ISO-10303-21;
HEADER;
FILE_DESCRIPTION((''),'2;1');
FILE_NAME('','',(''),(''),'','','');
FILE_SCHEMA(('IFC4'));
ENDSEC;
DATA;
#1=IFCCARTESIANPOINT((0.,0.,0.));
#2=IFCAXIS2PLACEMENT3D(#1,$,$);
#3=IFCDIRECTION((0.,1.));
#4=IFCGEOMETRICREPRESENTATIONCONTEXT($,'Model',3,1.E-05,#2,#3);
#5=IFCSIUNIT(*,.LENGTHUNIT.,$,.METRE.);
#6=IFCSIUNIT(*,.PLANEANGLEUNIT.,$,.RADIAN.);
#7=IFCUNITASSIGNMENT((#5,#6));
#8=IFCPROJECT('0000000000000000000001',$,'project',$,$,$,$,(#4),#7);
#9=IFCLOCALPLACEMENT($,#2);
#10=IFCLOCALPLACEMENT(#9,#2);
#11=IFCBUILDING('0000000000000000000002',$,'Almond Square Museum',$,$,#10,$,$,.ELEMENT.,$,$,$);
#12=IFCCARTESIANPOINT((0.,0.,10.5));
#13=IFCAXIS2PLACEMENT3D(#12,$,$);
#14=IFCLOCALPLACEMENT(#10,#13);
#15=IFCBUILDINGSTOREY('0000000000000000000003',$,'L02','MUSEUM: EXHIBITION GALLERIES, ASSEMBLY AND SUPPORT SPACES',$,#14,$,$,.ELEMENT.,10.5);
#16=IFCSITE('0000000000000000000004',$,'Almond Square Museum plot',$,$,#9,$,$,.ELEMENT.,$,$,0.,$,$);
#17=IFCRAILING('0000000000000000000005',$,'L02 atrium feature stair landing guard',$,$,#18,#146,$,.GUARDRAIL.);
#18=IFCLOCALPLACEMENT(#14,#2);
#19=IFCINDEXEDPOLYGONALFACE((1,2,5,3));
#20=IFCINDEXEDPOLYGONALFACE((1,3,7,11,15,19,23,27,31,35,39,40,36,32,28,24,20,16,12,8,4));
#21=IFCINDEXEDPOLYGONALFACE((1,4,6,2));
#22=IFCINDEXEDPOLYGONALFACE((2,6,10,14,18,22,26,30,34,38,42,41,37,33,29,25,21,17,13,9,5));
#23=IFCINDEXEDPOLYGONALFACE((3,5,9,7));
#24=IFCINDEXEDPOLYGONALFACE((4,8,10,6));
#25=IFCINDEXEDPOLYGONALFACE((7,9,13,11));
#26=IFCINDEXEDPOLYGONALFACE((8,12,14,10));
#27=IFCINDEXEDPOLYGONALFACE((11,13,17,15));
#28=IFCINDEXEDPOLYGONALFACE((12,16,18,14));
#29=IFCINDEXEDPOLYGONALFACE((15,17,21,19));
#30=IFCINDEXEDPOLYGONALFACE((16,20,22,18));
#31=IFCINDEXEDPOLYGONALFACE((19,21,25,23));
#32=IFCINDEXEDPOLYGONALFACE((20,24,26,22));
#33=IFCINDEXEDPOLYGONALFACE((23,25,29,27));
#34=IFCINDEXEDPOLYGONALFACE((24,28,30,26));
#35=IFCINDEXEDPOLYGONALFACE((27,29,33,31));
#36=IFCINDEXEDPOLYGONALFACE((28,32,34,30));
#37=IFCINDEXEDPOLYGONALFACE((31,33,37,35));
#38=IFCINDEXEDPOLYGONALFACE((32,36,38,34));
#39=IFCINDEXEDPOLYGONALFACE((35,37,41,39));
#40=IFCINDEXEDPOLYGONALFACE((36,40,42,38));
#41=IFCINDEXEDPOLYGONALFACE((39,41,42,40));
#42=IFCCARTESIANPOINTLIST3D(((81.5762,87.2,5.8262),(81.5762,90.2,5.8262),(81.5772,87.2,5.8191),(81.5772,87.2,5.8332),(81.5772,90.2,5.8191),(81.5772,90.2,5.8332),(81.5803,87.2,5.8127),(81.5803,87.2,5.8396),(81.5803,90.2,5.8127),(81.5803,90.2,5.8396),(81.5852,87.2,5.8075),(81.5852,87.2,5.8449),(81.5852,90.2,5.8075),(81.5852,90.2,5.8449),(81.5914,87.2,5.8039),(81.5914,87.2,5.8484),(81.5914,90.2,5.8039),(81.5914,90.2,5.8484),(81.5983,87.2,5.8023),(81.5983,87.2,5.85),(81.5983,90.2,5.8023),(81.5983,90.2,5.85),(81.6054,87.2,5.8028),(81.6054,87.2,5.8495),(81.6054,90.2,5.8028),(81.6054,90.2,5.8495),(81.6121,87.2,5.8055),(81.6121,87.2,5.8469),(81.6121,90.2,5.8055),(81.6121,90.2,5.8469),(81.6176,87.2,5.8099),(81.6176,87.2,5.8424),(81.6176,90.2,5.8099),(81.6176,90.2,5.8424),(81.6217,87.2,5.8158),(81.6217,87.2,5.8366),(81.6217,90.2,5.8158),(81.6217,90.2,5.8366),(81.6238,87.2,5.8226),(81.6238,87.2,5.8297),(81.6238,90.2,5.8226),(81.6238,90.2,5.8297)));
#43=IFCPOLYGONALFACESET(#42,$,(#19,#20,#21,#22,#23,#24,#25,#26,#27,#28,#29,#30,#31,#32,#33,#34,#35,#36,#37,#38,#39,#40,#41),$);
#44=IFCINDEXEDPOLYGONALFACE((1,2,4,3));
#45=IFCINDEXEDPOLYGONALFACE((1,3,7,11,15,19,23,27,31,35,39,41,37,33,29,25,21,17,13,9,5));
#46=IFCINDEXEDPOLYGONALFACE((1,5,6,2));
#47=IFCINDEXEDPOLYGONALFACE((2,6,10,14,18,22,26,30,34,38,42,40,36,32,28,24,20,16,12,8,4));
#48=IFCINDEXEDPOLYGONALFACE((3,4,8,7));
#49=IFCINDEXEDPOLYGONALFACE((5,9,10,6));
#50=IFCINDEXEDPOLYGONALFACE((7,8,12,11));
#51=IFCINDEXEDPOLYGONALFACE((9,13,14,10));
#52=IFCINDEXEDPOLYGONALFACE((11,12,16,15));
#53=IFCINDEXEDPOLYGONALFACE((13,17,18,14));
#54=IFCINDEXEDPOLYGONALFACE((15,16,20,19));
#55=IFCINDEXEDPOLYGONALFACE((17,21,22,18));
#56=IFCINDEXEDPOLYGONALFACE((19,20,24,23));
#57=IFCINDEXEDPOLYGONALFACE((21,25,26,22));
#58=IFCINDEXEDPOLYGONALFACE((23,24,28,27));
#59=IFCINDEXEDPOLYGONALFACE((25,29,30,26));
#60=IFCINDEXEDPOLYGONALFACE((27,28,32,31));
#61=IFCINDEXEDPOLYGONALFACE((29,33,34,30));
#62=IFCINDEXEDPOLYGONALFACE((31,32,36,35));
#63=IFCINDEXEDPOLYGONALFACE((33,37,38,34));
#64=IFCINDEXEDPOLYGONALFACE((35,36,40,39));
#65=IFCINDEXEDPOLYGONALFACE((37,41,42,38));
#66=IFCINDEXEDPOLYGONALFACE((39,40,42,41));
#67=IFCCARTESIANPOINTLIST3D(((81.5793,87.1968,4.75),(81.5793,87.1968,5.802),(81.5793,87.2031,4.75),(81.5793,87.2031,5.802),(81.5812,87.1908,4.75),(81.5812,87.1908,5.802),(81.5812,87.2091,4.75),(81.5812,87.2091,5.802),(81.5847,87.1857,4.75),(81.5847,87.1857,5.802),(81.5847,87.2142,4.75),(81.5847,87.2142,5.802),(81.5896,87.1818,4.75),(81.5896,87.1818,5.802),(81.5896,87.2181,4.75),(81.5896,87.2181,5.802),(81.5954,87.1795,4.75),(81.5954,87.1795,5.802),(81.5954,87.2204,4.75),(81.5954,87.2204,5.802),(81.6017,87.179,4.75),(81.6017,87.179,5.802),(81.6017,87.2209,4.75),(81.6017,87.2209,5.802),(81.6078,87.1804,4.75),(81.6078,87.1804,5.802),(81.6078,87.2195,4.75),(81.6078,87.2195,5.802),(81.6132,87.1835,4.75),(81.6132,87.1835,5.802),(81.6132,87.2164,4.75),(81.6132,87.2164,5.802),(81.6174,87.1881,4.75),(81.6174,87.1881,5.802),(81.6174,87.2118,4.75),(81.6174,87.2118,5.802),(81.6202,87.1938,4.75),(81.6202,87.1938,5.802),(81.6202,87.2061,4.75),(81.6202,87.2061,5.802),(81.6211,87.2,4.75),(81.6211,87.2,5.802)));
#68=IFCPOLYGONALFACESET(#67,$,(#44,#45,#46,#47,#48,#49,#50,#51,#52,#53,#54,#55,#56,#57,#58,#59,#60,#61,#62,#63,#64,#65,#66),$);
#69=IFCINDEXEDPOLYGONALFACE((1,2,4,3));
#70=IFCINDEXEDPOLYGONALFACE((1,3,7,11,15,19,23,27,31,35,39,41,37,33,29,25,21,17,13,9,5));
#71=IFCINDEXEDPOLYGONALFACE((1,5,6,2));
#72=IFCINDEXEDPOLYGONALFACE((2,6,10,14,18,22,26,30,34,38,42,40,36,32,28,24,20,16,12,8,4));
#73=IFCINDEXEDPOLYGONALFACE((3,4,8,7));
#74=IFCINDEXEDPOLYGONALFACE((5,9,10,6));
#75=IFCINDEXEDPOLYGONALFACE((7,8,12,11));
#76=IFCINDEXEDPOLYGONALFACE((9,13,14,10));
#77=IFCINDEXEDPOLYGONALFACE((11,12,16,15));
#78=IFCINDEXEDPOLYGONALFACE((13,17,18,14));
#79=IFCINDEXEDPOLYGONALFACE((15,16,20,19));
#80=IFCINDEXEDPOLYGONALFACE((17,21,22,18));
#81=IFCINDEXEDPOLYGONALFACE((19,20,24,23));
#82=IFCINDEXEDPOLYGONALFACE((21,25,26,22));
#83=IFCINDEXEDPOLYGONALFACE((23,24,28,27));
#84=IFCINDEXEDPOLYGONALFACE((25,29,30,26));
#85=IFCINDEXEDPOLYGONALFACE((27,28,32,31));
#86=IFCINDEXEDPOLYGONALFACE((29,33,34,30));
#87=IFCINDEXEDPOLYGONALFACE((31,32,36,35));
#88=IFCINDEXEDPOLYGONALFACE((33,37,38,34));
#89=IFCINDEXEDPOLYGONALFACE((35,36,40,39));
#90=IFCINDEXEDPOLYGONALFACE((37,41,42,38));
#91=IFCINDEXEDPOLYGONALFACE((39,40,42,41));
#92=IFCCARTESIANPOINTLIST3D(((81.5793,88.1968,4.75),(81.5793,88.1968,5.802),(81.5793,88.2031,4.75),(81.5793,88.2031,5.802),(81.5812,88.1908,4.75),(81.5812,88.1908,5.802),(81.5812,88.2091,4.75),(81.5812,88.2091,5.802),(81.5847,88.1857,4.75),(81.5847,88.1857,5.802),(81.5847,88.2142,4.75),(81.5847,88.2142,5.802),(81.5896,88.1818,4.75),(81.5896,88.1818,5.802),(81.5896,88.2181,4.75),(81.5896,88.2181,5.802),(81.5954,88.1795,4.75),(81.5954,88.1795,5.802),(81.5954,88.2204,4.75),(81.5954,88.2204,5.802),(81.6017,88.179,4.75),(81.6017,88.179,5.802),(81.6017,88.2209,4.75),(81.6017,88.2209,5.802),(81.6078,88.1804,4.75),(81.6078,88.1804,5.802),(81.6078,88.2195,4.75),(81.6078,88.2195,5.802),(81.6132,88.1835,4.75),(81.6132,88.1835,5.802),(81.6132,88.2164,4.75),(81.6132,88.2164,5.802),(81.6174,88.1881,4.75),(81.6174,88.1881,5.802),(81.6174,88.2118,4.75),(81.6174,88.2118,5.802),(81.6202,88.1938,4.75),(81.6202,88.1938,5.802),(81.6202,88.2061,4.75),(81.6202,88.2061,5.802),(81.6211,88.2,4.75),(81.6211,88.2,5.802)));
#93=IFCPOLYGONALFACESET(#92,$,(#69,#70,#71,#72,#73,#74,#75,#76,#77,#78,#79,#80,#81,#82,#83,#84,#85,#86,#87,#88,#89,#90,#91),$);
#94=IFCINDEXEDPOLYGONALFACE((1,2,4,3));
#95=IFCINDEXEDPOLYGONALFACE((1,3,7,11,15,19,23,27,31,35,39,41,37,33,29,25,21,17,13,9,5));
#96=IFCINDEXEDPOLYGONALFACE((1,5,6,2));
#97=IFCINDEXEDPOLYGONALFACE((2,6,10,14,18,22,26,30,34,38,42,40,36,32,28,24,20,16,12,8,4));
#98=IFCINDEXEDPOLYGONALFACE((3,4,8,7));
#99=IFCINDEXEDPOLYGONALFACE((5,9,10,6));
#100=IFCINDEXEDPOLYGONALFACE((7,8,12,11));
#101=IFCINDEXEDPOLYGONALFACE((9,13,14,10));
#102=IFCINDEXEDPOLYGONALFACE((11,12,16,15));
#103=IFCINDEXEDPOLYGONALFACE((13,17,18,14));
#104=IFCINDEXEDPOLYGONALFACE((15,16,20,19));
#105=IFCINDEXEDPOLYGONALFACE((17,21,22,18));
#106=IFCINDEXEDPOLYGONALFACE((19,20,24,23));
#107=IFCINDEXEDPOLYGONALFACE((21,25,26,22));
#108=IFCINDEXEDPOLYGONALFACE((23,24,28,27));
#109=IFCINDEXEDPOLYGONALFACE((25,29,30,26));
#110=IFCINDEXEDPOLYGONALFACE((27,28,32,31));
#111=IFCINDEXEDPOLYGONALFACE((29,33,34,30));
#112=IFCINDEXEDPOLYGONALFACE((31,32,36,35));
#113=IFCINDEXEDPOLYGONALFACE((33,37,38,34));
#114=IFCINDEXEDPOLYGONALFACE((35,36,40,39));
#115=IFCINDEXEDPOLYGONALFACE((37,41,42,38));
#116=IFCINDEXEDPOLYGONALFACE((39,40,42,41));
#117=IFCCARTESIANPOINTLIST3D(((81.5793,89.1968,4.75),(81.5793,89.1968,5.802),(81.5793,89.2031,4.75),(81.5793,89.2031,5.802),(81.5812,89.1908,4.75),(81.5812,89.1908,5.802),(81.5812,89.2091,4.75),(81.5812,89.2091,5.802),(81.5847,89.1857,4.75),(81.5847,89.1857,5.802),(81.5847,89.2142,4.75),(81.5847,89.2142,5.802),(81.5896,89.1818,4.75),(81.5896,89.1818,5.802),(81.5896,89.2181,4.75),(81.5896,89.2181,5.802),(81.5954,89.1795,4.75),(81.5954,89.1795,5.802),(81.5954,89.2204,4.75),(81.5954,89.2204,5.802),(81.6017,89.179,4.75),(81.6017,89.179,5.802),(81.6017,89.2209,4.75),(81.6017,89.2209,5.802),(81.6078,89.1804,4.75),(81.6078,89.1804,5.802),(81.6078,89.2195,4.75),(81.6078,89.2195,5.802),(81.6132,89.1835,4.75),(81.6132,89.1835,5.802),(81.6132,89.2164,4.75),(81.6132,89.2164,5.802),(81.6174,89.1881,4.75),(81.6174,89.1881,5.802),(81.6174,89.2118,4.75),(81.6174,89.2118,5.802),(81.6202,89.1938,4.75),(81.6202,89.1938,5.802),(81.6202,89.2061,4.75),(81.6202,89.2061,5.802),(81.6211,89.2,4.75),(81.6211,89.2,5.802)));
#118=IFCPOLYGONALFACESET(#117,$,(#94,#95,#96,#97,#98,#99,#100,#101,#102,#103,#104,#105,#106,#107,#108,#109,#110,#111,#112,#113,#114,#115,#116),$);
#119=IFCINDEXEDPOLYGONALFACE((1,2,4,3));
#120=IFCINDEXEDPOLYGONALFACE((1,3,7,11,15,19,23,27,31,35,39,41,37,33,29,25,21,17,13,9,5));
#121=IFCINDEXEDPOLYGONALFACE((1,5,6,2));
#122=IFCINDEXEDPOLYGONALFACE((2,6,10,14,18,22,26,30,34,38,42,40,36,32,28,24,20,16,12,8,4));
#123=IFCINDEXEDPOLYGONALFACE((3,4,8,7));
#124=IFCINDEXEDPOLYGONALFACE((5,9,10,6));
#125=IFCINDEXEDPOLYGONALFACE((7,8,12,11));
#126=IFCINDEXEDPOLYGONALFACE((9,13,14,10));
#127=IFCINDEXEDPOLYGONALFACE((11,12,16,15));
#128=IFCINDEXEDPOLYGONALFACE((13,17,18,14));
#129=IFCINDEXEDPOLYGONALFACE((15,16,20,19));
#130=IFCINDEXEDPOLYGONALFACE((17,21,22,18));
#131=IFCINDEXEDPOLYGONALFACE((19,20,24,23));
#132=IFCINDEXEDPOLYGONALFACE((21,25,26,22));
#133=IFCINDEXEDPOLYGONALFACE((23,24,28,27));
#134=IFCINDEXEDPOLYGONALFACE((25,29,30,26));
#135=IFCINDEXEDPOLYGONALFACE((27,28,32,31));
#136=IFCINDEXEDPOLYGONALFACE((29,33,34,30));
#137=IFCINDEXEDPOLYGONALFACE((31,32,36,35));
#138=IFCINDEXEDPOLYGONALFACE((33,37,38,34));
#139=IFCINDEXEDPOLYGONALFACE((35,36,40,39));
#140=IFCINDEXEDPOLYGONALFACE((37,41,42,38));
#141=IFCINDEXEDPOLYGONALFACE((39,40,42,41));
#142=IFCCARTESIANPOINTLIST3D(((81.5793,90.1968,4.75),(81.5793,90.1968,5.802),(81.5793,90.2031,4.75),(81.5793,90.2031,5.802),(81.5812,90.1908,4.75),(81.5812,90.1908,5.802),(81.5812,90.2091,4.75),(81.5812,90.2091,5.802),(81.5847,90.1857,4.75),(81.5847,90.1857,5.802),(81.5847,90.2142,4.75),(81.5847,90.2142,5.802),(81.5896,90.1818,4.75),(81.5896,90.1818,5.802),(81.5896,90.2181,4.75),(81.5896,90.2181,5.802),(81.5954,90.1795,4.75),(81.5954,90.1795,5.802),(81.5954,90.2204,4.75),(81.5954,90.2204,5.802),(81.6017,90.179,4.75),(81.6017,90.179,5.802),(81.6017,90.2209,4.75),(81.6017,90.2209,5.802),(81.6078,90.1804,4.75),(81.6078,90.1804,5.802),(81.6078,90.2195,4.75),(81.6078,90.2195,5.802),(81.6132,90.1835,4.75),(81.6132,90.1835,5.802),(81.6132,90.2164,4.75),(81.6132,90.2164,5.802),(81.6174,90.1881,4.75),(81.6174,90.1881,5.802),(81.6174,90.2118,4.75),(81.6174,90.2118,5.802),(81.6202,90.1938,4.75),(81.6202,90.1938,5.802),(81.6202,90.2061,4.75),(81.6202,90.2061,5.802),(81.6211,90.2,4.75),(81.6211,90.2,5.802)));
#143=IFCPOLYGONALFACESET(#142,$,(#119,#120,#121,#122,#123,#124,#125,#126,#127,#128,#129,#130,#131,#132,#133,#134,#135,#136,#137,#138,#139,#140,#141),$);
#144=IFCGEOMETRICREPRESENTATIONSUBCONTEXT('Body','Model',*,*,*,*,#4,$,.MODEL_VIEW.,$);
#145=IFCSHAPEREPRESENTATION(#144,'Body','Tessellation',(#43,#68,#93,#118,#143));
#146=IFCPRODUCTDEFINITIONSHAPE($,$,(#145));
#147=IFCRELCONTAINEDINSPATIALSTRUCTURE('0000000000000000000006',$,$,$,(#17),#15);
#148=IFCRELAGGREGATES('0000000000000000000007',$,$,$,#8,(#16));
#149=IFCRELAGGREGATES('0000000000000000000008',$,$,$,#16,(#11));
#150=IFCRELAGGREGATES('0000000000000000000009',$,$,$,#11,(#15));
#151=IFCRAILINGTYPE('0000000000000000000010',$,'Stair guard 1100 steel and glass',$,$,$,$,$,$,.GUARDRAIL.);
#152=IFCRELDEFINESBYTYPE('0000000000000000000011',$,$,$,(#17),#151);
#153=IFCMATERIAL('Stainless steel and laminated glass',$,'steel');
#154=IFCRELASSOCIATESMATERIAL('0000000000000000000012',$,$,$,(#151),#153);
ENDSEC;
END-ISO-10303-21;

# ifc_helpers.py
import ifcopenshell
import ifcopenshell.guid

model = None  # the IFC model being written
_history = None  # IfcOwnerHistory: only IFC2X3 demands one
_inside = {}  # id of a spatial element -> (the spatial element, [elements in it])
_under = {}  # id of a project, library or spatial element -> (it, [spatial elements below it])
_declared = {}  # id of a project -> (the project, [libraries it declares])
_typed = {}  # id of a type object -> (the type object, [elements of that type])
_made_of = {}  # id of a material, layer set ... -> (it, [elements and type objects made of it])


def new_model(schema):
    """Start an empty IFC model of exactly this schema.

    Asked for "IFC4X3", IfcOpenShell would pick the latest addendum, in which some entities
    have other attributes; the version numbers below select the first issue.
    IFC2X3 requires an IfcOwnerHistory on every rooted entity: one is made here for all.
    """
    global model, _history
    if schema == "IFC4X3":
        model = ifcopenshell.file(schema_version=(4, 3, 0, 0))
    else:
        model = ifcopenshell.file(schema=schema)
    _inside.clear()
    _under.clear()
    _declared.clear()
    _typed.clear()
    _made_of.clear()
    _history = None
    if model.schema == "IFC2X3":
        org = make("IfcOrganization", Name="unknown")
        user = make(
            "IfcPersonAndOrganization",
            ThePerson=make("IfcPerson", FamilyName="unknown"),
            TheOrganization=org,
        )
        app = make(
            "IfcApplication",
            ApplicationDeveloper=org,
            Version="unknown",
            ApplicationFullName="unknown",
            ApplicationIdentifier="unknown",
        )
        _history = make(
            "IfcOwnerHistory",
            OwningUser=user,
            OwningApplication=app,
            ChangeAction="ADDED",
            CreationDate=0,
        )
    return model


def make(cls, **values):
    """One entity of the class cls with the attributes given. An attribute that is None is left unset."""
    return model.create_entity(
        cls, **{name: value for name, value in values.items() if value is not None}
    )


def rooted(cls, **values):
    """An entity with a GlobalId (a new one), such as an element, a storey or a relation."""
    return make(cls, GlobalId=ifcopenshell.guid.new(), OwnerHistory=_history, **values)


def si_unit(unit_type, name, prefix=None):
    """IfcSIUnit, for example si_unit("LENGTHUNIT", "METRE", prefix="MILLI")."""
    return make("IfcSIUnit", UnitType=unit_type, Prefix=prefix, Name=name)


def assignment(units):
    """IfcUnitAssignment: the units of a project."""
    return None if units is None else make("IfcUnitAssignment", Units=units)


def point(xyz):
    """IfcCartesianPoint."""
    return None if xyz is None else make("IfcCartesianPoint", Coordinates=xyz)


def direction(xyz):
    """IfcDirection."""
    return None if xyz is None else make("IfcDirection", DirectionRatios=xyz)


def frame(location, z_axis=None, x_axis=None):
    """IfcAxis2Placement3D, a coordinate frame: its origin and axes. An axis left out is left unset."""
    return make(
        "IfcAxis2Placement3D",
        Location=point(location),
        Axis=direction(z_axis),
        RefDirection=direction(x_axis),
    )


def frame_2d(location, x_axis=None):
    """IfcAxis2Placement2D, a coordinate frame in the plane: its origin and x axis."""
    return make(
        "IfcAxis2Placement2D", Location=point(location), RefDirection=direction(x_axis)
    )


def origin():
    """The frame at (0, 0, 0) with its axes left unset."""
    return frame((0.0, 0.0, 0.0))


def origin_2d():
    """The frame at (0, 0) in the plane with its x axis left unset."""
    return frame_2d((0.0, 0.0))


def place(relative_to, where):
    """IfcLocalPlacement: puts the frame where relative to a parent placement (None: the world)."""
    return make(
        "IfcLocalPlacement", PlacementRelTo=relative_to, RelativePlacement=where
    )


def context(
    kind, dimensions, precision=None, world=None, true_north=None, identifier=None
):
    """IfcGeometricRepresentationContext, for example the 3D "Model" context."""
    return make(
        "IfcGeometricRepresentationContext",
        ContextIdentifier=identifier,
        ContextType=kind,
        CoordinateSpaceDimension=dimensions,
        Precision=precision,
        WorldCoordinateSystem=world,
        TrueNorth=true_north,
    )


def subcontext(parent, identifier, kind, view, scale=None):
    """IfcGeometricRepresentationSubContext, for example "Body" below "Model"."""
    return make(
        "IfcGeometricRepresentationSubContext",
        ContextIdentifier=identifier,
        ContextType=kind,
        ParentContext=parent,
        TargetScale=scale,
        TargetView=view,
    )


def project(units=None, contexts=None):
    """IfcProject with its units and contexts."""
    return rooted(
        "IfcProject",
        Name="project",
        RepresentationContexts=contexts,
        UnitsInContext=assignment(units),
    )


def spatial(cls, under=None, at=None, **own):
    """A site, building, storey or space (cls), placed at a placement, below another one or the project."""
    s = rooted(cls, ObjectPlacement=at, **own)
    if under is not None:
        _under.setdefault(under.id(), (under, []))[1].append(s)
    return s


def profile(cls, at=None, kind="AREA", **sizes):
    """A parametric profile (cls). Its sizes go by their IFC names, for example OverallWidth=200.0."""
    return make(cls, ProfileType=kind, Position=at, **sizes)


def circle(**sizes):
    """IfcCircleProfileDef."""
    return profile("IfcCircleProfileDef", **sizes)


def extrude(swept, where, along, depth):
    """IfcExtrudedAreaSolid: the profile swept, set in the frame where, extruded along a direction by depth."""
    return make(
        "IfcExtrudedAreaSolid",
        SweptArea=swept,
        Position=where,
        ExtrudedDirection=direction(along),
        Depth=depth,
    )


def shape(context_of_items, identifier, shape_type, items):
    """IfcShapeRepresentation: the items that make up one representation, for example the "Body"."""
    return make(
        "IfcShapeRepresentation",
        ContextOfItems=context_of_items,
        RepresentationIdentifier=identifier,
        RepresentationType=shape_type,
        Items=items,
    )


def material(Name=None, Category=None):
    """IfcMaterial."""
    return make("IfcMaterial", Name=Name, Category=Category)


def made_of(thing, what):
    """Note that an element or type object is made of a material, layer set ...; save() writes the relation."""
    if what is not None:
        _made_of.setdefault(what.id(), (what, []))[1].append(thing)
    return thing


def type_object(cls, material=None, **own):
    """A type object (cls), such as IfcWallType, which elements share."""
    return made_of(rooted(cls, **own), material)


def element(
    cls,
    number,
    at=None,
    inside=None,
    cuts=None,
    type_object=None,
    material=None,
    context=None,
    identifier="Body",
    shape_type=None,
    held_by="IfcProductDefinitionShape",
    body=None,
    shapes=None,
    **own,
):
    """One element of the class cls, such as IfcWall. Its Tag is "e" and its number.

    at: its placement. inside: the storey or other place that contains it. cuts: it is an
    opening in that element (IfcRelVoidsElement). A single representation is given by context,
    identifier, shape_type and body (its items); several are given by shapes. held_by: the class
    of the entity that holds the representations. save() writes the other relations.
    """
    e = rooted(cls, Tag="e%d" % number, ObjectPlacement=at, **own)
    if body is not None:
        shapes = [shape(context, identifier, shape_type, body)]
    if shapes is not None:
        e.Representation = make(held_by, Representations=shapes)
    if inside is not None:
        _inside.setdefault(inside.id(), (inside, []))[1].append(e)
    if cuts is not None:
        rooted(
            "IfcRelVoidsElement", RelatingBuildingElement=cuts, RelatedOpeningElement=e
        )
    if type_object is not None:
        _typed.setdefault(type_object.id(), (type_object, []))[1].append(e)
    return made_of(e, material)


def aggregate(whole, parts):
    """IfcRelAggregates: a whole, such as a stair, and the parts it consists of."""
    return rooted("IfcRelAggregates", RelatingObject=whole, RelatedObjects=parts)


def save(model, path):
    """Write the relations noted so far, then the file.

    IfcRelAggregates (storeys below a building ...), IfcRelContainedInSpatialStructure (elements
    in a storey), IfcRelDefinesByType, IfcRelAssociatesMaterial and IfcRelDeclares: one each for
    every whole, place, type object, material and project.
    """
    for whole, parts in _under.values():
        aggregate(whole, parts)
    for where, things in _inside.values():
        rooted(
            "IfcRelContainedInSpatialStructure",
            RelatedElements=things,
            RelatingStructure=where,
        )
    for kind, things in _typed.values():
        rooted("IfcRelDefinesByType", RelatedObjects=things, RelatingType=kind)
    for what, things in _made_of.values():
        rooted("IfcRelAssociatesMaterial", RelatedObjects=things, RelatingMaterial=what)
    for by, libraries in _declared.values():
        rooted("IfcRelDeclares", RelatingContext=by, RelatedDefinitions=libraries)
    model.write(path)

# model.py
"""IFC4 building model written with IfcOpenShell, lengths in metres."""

from ifc_helpers import new_model, si_unit, direction, frame, origin, origin_2d, place, context, subcontext, project, spatial, circle, extrude, material, type_object, element, save


model = new_model("IFC4")

# Units and contexts
model_context = context("Model", 3, precision=1e-05, world=origin(), true_north=direction((0.0, 1.0)))
body_context = subcontext(model_context, "Body", "Model", "MODEL_VIEW")
ifc_project = project(units=[si_unit("LENGTHUNIT", "METRE"), si_unit("PLANEANGLEUNIT", "RADIAN")], contexts=[model_context])

# Site, building, storey
site_placement = place(None, origin())
site = spatial("IfcSite", under=ifc_project, at=site_placement, Name="Almond Square Museum plot", CompositionType="ELEMENT", RefElevation=0.0)
building_placement = place(site_placement, origin())
building = spatial("IfcBuilding", under=site, at=building_placement, Name="Almond Square Museum", CompositionType="ELEMENT")
storey_placement = place(building_placement, frame((0.0, 0.0, 10.5)))
storey = spatial("IfcBuildingStorey", under=building, at=storey_placement, Name="L02", Description="MUSEUM: EXHIBITION GALLERIES, ASSEMBLY AND SUPPORT SPACES", CompositionType="ELEMENT", Elevation=10.5)

# Railing
ifc_material_1 = material(Name="Stainless steel and laminated glass", Category="steel")
railing_type_1 = type_object("IfcRailingType", Name="Stair guard 1100 steel and glass", PredefinedType="GUARDRAIL", material=ifc_material_1)
railing_1_placement = place(storey_placement, frame((81.6001, 87.2, 4.75)))
element("IfcRailing", 1, at=railing_1_placement, inside=storey, type_object=railing_type_1, Name="L02 atrium feature stair landing guard", PredefinedType="GUARDRAIL", context=body_context, shape_type="SweptSolid", body=[
    extrude(circle(Radius=0.0239, at=origin_2d()), frame((0.0, 0.0, 1.0762), z_axis=(0.0, 1.0, 0.0), x_axis=(-1.0, 0.0, 0.0)), (0.0, 0.0, 1.0), 3.0),
    extrude(circle(Radius=0.021, at=origin_2d()), origin(), (0.0, 0.0, 1.0), 1.052),
    extrude(circle(Radius=0.021, at=origin_2d()), frame((0.0, 1.0, 0.0)), (0.0, 0.0, 1.0), 1.052),
    extrude(circle(Radius=0.021, at=origin_2d()), frame((0.0, 2.0, 0.0)), (0.0, 0.0, 1.0), 1.052),
    extrude(circle(Radius=0.021, at=origin_2d()), frame((0.0, 3.0, 0.0)), (0.0, 0.0, 1.0), 1.052),
])

save(model, "model.ifc")
